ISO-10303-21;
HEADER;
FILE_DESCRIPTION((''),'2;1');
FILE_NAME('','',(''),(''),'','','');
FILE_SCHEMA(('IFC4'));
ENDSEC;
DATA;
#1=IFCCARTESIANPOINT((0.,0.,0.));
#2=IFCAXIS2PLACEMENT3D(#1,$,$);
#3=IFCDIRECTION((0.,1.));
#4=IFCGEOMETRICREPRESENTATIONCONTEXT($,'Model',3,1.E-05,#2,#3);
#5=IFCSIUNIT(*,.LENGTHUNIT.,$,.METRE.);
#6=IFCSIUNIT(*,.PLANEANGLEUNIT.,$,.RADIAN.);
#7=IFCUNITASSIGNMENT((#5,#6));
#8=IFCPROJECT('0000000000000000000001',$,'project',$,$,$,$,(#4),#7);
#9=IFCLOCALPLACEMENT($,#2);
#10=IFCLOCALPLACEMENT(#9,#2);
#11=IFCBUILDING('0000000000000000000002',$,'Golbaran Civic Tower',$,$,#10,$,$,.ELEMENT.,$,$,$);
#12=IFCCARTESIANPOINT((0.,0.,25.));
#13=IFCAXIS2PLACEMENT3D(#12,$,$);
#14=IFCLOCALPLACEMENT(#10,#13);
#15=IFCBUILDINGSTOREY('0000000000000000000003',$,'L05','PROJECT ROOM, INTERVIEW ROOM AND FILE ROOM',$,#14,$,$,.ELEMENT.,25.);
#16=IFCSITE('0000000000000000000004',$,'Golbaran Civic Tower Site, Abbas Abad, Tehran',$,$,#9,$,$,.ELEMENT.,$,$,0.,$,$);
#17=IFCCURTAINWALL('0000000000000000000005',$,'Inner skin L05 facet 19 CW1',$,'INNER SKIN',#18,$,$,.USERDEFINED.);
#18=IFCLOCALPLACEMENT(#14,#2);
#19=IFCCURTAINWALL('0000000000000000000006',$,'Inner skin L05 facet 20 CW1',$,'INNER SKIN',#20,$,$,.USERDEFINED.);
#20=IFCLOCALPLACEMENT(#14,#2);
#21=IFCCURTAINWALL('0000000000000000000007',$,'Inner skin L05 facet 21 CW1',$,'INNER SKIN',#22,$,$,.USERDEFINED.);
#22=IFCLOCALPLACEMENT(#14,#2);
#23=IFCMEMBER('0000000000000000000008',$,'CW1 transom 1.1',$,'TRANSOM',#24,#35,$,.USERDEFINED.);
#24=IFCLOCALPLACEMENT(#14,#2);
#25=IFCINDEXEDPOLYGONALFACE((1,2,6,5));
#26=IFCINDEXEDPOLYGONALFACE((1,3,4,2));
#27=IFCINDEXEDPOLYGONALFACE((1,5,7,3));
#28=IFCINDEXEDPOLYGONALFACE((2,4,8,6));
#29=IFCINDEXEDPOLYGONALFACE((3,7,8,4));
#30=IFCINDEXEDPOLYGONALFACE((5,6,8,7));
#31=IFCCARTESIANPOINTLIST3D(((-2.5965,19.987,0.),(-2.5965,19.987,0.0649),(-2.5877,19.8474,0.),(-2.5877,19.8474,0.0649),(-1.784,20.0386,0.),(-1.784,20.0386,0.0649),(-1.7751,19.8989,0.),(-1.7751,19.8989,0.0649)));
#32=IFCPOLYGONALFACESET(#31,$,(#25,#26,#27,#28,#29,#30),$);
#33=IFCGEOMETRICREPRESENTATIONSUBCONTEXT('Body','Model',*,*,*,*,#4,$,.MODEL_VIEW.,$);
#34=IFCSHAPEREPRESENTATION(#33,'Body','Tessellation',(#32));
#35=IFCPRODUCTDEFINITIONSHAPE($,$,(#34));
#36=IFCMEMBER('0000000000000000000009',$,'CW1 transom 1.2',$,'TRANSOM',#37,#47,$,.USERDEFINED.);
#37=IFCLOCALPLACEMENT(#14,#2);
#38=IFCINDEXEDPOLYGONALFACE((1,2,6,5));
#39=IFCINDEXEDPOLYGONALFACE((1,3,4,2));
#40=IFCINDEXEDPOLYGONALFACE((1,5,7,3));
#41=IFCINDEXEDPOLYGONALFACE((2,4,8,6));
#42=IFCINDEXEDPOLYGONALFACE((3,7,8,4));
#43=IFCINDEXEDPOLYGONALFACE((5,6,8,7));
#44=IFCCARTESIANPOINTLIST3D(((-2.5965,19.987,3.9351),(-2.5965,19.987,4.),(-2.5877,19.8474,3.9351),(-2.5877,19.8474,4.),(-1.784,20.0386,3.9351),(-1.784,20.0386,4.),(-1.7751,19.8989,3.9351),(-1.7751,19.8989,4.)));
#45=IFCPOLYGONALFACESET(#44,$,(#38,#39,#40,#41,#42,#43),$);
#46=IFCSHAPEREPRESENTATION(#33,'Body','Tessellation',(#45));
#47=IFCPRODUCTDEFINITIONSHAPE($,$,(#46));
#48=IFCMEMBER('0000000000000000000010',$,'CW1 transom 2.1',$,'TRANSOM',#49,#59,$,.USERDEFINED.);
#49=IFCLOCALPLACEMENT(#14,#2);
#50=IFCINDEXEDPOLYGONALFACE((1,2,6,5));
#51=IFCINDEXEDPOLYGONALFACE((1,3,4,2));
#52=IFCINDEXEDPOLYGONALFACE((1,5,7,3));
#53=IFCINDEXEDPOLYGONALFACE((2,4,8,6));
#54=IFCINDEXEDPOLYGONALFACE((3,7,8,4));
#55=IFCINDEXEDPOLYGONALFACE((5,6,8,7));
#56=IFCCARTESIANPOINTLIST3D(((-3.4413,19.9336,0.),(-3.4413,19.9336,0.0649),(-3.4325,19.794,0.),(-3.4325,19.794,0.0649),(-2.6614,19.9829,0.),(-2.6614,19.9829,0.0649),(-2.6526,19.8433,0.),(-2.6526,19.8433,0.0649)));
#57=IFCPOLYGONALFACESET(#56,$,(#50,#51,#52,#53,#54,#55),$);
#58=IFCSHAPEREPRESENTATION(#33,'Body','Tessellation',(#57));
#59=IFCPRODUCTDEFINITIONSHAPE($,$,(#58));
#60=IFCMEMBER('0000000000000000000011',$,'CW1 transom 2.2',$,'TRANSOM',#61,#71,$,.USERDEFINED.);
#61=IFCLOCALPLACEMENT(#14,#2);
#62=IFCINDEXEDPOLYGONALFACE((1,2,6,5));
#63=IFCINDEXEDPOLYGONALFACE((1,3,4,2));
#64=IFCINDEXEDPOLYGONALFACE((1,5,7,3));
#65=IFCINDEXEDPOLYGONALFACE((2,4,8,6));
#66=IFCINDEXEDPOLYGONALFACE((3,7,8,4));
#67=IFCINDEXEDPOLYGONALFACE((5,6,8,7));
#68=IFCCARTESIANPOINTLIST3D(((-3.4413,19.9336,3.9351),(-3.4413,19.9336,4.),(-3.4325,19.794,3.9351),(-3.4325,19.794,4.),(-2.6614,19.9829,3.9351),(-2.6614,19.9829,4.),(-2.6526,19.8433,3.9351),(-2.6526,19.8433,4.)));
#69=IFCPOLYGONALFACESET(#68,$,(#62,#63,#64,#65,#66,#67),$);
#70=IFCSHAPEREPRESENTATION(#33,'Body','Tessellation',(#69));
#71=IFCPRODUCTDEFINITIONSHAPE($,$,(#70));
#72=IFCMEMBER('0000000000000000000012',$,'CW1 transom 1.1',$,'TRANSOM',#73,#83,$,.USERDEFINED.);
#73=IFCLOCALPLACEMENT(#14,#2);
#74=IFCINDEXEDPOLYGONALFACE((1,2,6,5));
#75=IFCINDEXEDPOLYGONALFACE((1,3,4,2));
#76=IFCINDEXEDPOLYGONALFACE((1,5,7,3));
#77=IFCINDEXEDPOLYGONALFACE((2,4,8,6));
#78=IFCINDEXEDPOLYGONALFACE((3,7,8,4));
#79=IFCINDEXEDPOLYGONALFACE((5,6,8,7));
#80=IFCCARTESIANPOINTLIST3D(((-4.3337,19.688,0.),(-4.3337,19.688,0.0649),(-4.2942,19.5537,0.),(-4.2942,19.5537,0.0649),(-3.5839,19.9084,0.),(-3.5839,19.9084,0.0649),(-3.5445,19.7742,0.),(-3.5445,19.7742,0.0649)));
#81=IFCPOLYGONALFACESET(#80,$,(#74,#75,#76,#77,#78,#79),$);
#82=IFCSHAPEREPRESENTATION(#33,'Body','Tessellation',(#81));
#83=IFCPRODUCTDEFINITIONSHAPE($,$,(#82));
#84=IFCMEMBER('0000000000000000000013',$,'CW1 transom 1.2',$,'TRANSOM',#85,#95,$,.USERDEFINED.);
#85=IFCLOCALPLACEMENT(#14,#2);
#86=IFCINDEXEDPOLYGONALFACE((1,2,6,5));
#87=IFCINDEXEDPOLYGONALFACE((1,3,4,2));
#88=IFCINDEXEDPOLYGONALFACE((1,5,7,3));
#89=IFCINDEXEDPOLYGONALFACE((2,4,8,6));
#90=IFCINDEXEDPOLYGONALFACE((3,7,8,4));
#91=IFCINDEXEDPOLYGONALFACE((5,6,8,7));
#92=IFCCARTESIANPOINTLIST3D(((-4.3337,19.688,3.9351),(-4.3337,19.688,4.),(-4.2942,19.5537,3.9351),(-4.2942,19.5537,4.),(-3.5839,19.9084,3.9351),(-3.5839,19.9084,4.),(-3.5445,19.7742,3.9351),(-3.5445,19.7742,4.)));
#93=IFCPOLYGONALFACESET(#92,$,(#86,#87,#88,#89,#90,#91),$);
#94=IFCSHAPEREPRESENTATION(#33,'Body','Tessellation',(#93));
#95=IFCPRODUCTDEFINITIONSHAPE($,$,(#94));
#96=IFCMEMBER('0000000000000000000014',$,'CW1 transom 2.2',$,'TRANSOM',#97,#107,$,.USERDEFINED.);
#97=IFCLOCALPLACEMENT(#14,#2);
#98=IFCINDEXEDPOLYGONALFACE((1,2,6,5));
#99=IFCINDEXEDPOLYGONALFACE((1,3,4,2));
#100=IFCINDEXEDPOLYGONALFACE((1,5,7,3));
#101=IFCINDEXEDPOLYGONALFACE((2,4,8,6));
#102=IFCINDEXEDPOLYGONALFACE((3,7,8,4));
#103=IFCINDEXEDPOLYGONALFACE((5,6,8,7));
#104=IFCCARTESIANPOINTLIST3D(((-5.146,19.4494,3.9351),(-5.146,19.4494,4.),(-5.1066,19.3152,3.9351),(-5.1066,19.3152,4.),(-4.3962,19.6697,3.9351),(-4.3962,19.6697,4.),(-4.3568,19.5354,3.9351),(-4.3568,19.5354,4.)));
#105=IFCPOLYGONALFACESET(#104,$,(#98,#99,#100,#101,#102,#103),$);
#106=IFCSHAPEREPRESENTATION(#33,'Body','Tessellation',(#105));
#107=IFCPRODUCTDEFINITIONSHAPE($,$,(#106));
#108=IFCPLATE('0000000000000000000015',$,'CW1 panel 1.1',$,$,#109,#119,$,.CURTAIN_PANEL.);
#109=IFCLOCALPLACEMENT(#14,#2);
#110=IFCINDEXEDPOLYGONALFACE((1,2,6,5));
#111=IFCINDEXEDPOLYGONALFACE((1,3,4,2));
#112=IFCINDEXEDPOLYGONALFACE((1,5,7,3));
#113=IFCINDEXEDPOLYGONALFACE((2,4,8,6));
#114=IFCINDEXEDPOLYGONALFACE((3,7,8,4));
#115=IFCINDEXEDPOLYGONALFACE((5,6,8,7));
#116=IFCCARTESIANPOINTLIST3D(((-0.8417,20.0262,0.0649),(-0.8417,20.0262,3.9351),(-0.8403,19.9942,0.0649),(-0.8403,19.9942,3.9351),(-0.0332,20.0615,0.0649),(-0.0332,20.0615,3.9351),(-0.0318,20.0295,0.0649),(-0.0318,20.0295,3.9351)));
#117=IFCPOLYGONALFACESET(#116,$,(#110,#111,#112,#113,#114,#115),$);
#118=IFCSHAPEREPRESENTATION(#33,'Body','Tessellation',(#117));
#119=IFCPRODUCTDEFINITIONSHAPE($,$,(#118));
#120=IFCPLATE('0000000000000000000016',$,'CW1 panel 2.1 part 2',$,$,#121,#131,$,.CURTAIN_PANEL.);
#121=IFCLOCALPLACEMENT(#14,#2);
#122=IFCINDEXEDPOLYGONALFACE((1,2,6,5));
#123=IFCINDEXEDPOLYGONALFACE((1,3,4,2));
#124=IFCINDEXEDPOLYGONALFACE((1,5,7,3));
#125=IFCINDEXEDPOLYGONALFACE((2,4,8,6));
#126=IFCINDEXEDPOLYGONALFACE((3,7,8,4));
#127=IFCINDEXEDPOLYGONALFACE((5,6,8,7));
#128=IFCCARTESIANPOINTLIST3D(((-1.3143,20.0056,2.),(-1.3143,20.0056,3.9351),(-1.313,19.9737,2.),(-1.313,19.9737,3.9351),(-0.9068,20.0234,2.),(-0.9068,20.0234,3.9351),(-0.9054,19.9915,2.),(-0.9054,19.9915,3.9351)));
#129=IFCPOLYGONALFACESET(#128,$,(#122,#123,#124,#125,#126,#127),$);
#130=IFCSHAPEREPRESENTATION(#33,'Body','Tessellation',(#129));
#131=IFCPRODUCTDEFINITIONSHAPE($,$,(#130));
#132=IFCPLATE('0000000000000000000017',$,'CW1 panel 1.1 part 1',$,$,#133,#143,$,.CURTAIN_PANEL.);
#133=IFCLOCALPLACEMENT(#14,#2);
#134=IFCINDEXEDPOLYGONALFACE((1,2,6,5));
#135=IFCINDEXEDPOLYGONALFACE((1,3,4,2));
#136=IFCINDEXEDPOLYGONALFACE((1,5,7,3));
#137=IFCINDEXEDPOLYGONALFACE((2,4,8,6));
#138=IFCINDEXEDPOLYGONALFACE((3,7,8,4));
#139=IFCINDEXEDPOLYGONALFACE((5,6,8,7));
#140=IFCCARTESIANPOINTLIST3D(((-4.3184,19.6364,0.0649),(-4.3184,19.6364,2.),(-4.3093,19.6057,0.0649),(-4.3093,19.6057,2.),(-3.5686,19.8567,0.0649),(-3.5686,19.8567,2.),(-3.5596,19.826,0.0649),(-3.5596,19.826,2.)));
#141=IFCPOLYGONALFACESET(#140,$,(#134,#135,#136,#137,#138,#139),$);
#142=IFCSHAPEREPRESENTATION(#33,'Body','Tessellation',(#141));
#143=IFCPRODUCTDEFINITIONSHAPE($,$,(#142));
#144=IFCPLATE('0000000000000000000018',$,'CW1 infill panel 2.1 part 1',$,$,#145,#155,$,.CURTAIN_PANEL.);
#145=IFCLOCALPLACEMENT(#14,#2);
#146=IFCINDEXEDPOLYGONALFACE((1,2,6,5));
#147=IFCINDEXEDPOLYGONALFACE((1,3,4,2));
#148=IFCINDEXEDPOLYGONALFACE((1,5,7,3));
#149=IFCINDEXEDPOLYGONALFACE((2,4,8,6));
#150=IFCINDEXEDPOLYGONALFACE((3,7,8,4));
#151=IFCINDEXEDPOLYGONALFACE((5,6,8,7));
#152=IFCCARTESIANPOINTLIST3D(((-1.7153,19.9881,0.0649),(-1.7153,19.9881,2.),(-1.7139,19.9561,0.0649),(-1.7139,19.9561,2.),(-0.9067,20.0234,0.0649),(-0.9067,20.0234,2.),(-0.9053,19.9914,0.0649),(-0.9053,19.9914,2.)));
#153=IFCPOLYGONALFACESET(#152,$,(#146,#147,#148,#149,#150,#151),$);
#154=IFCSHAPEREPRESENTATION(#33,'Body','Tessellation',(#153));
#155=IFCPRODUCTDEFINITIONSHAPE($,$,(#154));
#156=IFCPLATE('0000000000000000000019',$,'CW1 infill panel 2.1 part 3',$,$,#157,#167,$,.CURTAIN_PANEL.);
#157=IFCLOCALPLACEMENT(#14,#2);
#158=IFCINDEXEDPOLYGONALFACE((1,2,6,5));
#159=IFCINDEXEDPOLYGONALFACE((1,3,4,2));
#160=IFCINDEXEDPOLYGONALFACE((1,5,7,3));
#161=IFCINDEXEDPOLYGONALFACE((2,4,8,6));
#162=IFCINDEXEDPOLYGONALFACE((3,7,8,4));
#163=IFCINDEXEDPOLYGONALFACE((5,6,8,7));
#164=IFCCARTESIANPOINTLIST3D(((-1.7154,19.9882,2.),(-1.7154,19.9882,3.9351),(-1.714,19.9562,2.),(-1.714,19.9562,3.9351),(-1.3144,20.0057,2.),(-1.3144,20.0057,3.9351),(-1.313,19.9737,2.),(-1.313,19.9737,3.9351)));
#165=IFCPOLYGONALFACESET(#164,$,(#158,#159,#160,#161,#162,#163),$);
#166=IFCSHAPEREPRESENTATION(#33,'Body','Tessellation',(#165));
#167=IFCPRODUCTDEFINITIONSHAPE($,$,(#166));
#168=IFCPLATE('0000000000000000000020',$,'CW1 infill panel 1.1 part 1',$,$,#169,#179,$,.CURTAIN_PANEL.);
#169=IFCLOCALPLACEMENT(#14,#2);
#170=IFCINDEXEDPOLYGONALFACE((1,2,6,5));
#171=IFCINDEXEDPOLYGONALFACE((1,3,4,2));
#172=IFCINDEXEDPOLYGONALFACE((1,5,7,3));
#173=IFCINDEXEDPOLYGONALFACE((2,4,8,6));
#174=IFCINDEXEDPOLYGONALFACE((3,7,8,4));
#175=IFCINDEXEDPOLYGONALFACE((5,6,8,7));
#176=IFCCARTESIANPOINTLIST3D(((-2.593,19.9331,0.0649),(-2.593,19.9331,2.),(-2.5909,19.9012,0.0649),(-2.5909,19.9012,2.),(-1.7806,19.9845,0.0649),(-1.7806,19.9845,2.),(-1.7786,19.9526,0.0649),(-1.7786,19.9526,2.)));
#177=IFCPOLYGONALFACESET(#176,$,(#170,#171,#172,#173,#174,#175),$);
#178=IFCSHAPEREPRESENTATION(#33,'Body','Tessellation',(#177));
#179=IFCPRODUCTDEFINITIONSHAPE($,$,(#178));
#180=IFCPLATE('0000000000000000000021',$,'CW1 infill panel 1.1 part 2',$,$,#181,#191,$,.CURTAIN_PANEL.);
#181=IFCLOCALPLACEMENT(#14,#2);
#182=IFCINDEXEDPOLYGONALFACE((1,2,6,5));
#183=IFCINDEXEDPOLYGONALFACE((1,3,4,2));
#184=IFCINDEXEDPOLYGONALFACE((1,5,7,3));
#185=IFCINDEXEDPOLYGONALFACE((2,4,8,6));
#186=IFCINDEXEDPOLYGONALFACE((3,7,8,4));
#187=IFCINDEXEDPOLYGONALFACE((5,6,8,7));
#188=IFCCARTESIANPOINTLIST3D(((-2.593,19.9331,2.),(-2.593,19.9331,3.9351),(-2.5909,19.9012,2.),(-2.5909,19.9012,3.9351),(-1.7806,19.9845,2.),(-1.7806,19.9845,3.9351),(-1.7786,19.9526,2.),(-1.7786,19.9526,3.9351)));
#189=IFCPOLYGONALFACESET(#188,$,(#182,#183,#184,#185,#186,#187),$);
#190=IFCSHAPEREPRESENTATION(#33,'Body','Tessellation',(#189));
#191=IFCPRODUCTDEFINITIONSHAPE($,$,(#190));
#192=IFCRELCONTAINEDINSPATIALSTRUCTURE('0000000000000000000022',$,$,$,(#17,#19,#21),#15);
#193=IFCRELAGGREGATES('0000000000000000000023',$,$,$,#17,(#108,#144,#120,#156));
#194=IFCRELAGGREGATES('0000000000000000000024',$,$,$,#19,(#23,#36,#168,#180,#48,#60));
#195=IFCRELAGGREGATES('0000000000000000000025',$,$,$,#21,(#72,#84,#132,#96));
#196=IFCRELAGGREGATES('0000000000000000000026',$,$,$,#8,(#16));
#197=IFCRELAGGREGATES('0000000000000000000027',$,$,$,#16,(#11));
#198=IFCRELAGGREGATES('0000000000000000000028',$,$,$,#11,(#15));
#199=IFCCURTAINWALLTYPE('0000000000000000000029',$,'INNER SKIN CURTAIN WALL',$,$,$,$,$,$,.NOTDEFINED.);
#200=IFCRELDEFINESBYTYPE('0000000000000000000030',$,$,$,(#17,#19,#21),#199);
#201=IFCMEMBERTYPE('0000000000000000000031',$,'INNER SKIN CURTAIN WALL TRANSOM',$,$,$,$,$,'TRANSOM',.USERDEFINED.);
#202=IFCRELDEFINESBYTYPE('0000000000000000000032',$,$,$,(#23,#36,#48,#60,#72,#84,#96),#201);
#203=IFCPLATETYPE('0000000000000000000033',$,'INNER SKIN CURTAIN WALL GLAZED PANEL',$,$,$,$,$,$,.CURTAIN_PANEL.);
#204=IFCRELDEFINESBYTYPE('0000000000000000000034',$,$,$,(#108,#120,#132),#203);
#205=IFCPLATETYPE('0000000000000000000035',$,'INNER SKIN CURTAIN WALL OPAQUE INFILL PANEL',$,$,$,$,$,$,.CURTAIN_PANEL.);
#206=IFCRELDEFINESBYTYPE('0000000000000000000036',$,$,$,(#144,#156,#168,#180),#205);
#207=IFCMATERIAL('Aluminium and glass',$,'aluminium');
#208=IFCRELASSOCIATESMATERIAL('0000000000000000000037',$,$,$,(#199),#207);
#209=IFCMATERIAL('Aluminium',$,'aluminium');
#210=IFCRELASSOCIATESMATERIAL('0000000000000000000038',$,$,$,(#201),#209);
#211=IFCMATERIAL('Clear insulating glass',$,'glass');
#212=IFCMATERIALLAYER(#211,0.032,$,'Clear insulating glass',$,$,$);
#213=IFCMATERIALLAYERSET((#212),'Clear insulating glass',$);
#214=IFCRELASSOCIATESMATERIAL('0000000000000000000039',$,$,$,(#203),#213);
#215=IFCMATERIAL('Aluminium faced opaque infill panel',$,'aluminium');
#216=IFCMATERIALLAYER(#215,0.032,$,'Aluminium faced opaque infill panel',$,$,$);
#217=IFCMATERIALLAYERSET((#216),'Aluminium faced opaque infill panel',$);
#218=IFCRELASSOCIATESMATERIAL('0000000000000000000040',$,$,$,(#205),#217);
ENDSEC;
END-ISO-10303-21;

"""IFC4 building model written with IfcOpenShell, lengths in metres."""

from ifc_helpers import new_model, si_unit, direction, frame, origin, origin_2d, place, context, subcontext, project, spatial, rectangle, extrude, material, layer, layer_set, material_profile, profile_set, type_object, element, aggregate, save


model = new_model("IFC4")

# Units and contexts
model_context = context("Model", 3, precision=1e-05, world=origin(), true_north=direction((0.0, 1.0)))
body_context = subcontext(model_context, "Body", "Model", "MODEL_VIEW")
ifc_project = project(units=[si_unit("LENGTHUNIT", "METRE"), si_unit("PLANEANGLEUNIT", "RADIAN")], contexts=[model_context])

# Site, building, storey
site_placement = place(None, origin())
site = spatial("IfcSite", under=ifc_project, at=site_placement, Name="Golbaran Civic Tower Site, Abbas Abad, Tehran", CompositionType="ELEMENT", RefElevation=0.0)
building_placement = place(site_placement, origin())
building = spatial("IfcBuilding", under=site, at=building_placement, Name="Golbaran Civic Tower", CompositionType="ELEMENT")
storey_placement = place(building_placement, frame((0.0, 0.0, 25.0)))
storey = spatial("IfcBuildingStorey", under=building, at=storey_placement, Name="L05", Description="PROJECT ROOM, INTERVIEW ROOM AND FILE ROOM", CompositionType="ELEMENT", Elevation=25.0)

# Shared definitions
ifc_material_1 = material(Name="Aluminium and glass", Category="aluminium")
curtain_wall_type = type_object("IfcCurtainWallType", Name="INNER SKIN CURTAIN WALL", PredefinedType="NOTDEFINED", material=ifc_material_1)
ifc_material_2 = material(Name="Aluminium", Category="aluminium")

# Curtain walls
curtain_wall_1_placement = place(storey_placement, origin())
curtain_wall_1 = element("IfcCurtainWall", 1, at=curtain_wall_1_placement, inside=storey, type_object=curtain_wall_type, Name="Inner skin L05 facet 19 CW1", ObjectType="INNER SKIN", PredefinedType="USERDEFINED")
curtain_wall_2_placement = place(storey_placement, origin())
curtain_wall_2 = element("IfcCurtainWall", 2, at=curtain_wall_2_placement, inside=storey, type_object=curtain_wall_type, Name="Inner skin L05 facet 20 CW1", ObjectType="INNER SKIN", PredefinedType="USERDEFINED")
curtain_wall_3_placement = place(storey_placement, origin())
curtain_wall_3 = element("IfcCurtainWall", 3, at=curtain_wall_3_placement, inside=storey, type_object=curtain_wall_type, Name="Inner skin L05 facet 21 CW1", ObjectType="INNER SKIN", PredefinedType="USERDEFINED")

# Members
ifc_material_profile_1 = material_profile(ifc_material_2, rectangle(XDim=0.1399, YDim=0.0649, at=origin_2d()), Name="INNER SKIN CURTAIN WALL TRANSOM")
ifc_profile_set_1 = profile_set([ifc_material_profile_1], Name="Aluminium")
member_type_1 = type_object("IfcMemberType", Name="INNER SKIN CURTAIN WALL TRANSOM", ElementType="TRANSOM", PredefinedType="USERDEFINED", material=ifc_profile_set_1)
member_1_placement = place(storey_placement, frame((-1.7795, 19.9688, 0.0325), z_axis=(-0.997996, -0.063274, 0.0), x_axis=(0.063274, -0.997996, 0.0)))
member_1 = element("IfcMember", 4, at=member_1_placement, type_object=member_type_1, Name="CW1 transom 1.1", ObjectType="TRANSOM", PredefinedType="USERDEFINED", context=body_context, shape_type="SweptSolid", body=[
    extrude(rectangle(XDim=0.1399, YDim=0.0649, at=origin_2d()), origin(), (0.0, 0.0, 1.0), 0.8142),
])
member_2_placement = place(storey_placement, frame((-1.7795, 19.9688, 3.9675), z_axis=(-0.997996, -0.063274, 0.0), x_axis=(0.063274, -0.997996, 0.0)))
member_2 = element("IfcMember", 5, at=member_2_placement, type_object=member_type_1, Name="CW1 transom 1.2", ObjectType="TRANSOM", PredefinedType="USERDEFINED", context=body_context, shape_type="SweptSolid", body=[
    extrude(rectangle(XDim=0.1399, YDim=0.0649, at=origin_2d()), origin(), (0.0, 0.0, 1.0), 0.8142),
])
member_3_placement = place(storey_placement, frame((-2.657, 19.9131, 0.0325), z_axis=(-0.998007, -0.063098, 0.0), x_axis=(0.063098, -0.998007, 0.0)))
member_3 = element("IfcMember", 6, at=member_3_placement, type_object=member_type_1, Name="CW1 transom 2.1", ObjectType="TRANSOM", PredefinedType="USERDEFINED", context=body_context, shape_type="SweptSolid", body=[
    extrude(rectangle(XDim=0.1399, YDim=0.0649, at=origin_2d()), origin(), (0.0, 0.0, 1.0), 0.7815),
])
member_4_placement = place(storey_placement, frame((-2.657, 19.9131, 3.9675), z_axis=(-0.998007, -0.063098, 0.0), x_axis=(0.063098, -0.998007, 0.0)))
member_4 = element("IfcMember", 7, at=member_4_placement, type_object=member_type_1, Name="CW1 transom 2.2", ObjectType="TRANSOM", PredefinedType="USERDEFINED", context=body_context, shape_type="SweptSolid", body=[
    extrude(rectangle(XDim=0.1399, YDim=0.0649, at=origin_2d()), origin(), (0.0, 0.0, 1.0), 0.7815),
])
member_5_placement = place(storey_placement, frame((-3.5642, 19.8413, 0.0325), z_axis=(-0.959385, -0.282099, 0.0), x_axis=(0.282099, -0.959385, 0.0)))
member_5 = element("IfcMember", 8, at=member_5_placement, type_object=member_type_1, Name="CW1 transom 1.1", ObjectType="TRANSOM", PredefinedType="USERDEFINED", context=body_context, shape_type="SweptSolid", body=[
    extrude(rectangle(XDim=0.1399, YDim=0.0649, at=origin_2d()), origin(), (0.0, 0.0, 1.0), 0.7815),
])
member_6_placement = place(storey_placement, frame((-3.5642, 19.8413, 3.9675), z_axis=(-0.959385, -0.282099, 0.0), x_axis=(0.282099, -0.959385, 0.0)))
member_6 = element("IfcMember", 9, at=member_6_placement, type_object=member_type_1, Name="CW1 transom 1.2", ObjectType="TRANSOM", PredefinedType="USERDEFINED", context=body_context, shape_type="SweptSolid", body=[
    extrude(rectangle(XDim=0.1399, YDim=0.0649, at=origin_2d()), origin(), (0.0, 0.0, 1.0), 0.7815),
])
member_7_placement = place(storey_placement, frame((-4.3765, 19.6025, 3.9675), z_axis=(-0.95947, -0.281811, 0.0), x_axis=(0.281811, -0.95947, 0.0)))
member_7 = element("IfcMember", 10, at=member_7_placement, type_object=member_type_1, Name="CW1 transom 2.2", ObjectType="TRANSOM", PredefinedType="USERDEFINED", context=body_context, shape_type="SweptSolid", body=[
    extrude(rectangle(XDim=0.1399, YDim=0.0649, at=origin_2d()), origin(), (0.0, 0.0, 1.0), 0.7815),
])

# Plates
ifc_material_3 = material(Name="Clear insulating glass", Category="glass")
ifc_layer_1 = layer(ifc_material_3, 0.032, Name="Clear insulating glass")
ifc_layer_set_1 = layer_set([ifc_layer_1], Name="Clear insulating glass")
plate_type_1 = type_object("IfcPlateType", Name="INNER SKIN CURTAIN WALL GLAZED PANEL", PredefinedType="CURTAIN_PANEL", material=ifc_layer_set_1)
plate_1_placement = place(storey_placement, frame((-0.4368, 20.0278, 0.0649), z_axis=(0.0, 0.0, 1.0), x_axis=(-0.999048, -0.043619, 0.0)))
plate_1 = element("IfcPlate", 11, at=plate_1_placement, type_object=plate_type_1, Name="CW1 panel 1.1", PredefinedType="CURTAIN_PANEL", context=body_context, shape_type="SweptSolid", body=[
    extrude(rectangle(XDim=0.8093, YDim=0.032, at=origin_2d()), origin(), (0.0, 0.0, 1.0), 3.8701),
])
plate_2_placement = place(storey_placement, frame((-1.1099, 19.9985, 2.0), z_axis=(0.0, 0.0, 1.0), x_axis=(-0.999048, -0.043619, 0.0)))
plate_2 = element("IfcPlate", 12, at=plate_2_placement, type_object=plate_type_1, Name="CW1 panel 2.1 part 2", PredefinedType="CURTAIN_PANEL", context=body_context, shape_type="SweptSolid", body=[
    extrude(rectangle(XDim=0.408, YDim=0.032, at=origin_2d()), origin(), (0.0, 0.0, 1.0), 1.9351),
])
plate_3_placement = place(storey_placement, frame((-3.939, 19.7312, 0.0649), z_axis=(0.0, 0.0, 1.0), x_axis=(-0.959425, -0.281964, 0.0)))
plate_3 = element("IfcPlate", 13, at=plate_3_placement, type_object=plate_type_1, Name="CW1 panel 1.1 part 1", PredefinedType="CURTAIN_PANEL", context=body_context, shape_type="SweptSolid", body=[
    extrude(rectangle(XDim=0.7815, YDim=0.032, at=origin_2d()), origin(), (0.0, 0.0, 1.0), 1.9351),
])
ifc_material_4 = material(Name="Aluminium faced opaque infill panel", Category="aluminium")
ifc_layer_2 = layer(ifc_material_4, 0.032, Name="Aluminium faced opaque infill panel")
ifc_layer_set_2 = layer_set([ifc_layer_2], Name="Aluminium faced opaque infill panel")
plate_type_2 = type_object("IfcPlateType", Name="INNER SKIN CURTAIN WALL OPAQUE INFILL PANEL", PredefinedType="CURTAIN_PANEL", material=ifc_layer_set_2)
plate_4_placement = place(storey_placement, frame((-1.3103, 19.9897, 0.0649), z_axis=(0.0, 0.0, 1.0), x_axis=(-0.999048, -0.043619, 0.0)))
plate_4 = element("IfcPlate", 14, at=plate_4_placement, type_object=plate_type_2, Name="CW1 infill panel 2.1 part 1", PredefinedType="CURTAIN_PANEL", context=body_context, shape_type="SweptSolid", body=[
    extrude(rectangle(XDim=0.8093, YDim=0.032, at=origin_2d()), origin(), (0.0, 0.0, 1.0), 1.9351),
])
plate_5_placement = place(storey_placement, frame((-1.5142, 19.981, 2.0), z_axis=(0.0, 0.0, 1.0), x_axis=(-0.999048, -0.043619, 0.0)))
plate_5 = element("IfcPlate", 15, at=plate_5_placement, type_object=plate_type_2, Name="CW1 infill panel 2.1 part 3", PredefinedType="CURTAIN_PANEL", context=body_context, shape_type="SweptSolid", body=[
    extrude(rectangle(XDim=0.4014, YDim=0.032, at=origin_2d()), origin(), (0.0, 0.0, 1.0), 1.9351),
])
aggregate(curtain_wall_1, [plate_1, plate_4, plate_2, plate_5])
plate_6_placement = place(storey_placement, frame((-2.1858, 19.9429, 0.0649), z_axis=(0.0, 0.0, 1.0), x_axis=(-0.998002, -0.063183, 0.0)))
plate_6 = element("IfcPlate", 16, at=plate_6_placement, type_object=plate_type_2, Name="CW1 infill panel 1.1 part 1", PredefinedType="CURTAIN_PANEL", context=body_context, shape_type="SweptSolid", body=[
    extrude(rectangle(XDim=0.814, YDim=0.032, at=origin_2d()), origin(), (0.0, 0.0, 1.0), 1.9351),
])
plate_7_placement = place(storey_placement, frame((-2.1858, 19.9429, 2.0), z_axis=(0.0, 0.0, 1.0), x_axis=(-0.998002, -0.063183, 0.0)))
plate_7 = element("IfcPlate", 17, at=plate_7_placement, type_object=plate_type_2, Name="CW1 infill panel 1.1 part 2", PredefinedType="CURTAIN_PANEL", context=body_context, shape_type="SweptSolid", body=[
    extrude(rectangle(XDim=0.814, YDim=0.032, at=origin_2d()), origin(), (0.0, 0.0, 1.0), 1.9351),
])
aggregate(curtain_wall_2, [member_1, member_2, plate_6, plate_7, member_3, member_4])
aggregate(curtain_wall_3, [member_5, member_6, plate_3, member_7])

save(model, "model.ifc")
